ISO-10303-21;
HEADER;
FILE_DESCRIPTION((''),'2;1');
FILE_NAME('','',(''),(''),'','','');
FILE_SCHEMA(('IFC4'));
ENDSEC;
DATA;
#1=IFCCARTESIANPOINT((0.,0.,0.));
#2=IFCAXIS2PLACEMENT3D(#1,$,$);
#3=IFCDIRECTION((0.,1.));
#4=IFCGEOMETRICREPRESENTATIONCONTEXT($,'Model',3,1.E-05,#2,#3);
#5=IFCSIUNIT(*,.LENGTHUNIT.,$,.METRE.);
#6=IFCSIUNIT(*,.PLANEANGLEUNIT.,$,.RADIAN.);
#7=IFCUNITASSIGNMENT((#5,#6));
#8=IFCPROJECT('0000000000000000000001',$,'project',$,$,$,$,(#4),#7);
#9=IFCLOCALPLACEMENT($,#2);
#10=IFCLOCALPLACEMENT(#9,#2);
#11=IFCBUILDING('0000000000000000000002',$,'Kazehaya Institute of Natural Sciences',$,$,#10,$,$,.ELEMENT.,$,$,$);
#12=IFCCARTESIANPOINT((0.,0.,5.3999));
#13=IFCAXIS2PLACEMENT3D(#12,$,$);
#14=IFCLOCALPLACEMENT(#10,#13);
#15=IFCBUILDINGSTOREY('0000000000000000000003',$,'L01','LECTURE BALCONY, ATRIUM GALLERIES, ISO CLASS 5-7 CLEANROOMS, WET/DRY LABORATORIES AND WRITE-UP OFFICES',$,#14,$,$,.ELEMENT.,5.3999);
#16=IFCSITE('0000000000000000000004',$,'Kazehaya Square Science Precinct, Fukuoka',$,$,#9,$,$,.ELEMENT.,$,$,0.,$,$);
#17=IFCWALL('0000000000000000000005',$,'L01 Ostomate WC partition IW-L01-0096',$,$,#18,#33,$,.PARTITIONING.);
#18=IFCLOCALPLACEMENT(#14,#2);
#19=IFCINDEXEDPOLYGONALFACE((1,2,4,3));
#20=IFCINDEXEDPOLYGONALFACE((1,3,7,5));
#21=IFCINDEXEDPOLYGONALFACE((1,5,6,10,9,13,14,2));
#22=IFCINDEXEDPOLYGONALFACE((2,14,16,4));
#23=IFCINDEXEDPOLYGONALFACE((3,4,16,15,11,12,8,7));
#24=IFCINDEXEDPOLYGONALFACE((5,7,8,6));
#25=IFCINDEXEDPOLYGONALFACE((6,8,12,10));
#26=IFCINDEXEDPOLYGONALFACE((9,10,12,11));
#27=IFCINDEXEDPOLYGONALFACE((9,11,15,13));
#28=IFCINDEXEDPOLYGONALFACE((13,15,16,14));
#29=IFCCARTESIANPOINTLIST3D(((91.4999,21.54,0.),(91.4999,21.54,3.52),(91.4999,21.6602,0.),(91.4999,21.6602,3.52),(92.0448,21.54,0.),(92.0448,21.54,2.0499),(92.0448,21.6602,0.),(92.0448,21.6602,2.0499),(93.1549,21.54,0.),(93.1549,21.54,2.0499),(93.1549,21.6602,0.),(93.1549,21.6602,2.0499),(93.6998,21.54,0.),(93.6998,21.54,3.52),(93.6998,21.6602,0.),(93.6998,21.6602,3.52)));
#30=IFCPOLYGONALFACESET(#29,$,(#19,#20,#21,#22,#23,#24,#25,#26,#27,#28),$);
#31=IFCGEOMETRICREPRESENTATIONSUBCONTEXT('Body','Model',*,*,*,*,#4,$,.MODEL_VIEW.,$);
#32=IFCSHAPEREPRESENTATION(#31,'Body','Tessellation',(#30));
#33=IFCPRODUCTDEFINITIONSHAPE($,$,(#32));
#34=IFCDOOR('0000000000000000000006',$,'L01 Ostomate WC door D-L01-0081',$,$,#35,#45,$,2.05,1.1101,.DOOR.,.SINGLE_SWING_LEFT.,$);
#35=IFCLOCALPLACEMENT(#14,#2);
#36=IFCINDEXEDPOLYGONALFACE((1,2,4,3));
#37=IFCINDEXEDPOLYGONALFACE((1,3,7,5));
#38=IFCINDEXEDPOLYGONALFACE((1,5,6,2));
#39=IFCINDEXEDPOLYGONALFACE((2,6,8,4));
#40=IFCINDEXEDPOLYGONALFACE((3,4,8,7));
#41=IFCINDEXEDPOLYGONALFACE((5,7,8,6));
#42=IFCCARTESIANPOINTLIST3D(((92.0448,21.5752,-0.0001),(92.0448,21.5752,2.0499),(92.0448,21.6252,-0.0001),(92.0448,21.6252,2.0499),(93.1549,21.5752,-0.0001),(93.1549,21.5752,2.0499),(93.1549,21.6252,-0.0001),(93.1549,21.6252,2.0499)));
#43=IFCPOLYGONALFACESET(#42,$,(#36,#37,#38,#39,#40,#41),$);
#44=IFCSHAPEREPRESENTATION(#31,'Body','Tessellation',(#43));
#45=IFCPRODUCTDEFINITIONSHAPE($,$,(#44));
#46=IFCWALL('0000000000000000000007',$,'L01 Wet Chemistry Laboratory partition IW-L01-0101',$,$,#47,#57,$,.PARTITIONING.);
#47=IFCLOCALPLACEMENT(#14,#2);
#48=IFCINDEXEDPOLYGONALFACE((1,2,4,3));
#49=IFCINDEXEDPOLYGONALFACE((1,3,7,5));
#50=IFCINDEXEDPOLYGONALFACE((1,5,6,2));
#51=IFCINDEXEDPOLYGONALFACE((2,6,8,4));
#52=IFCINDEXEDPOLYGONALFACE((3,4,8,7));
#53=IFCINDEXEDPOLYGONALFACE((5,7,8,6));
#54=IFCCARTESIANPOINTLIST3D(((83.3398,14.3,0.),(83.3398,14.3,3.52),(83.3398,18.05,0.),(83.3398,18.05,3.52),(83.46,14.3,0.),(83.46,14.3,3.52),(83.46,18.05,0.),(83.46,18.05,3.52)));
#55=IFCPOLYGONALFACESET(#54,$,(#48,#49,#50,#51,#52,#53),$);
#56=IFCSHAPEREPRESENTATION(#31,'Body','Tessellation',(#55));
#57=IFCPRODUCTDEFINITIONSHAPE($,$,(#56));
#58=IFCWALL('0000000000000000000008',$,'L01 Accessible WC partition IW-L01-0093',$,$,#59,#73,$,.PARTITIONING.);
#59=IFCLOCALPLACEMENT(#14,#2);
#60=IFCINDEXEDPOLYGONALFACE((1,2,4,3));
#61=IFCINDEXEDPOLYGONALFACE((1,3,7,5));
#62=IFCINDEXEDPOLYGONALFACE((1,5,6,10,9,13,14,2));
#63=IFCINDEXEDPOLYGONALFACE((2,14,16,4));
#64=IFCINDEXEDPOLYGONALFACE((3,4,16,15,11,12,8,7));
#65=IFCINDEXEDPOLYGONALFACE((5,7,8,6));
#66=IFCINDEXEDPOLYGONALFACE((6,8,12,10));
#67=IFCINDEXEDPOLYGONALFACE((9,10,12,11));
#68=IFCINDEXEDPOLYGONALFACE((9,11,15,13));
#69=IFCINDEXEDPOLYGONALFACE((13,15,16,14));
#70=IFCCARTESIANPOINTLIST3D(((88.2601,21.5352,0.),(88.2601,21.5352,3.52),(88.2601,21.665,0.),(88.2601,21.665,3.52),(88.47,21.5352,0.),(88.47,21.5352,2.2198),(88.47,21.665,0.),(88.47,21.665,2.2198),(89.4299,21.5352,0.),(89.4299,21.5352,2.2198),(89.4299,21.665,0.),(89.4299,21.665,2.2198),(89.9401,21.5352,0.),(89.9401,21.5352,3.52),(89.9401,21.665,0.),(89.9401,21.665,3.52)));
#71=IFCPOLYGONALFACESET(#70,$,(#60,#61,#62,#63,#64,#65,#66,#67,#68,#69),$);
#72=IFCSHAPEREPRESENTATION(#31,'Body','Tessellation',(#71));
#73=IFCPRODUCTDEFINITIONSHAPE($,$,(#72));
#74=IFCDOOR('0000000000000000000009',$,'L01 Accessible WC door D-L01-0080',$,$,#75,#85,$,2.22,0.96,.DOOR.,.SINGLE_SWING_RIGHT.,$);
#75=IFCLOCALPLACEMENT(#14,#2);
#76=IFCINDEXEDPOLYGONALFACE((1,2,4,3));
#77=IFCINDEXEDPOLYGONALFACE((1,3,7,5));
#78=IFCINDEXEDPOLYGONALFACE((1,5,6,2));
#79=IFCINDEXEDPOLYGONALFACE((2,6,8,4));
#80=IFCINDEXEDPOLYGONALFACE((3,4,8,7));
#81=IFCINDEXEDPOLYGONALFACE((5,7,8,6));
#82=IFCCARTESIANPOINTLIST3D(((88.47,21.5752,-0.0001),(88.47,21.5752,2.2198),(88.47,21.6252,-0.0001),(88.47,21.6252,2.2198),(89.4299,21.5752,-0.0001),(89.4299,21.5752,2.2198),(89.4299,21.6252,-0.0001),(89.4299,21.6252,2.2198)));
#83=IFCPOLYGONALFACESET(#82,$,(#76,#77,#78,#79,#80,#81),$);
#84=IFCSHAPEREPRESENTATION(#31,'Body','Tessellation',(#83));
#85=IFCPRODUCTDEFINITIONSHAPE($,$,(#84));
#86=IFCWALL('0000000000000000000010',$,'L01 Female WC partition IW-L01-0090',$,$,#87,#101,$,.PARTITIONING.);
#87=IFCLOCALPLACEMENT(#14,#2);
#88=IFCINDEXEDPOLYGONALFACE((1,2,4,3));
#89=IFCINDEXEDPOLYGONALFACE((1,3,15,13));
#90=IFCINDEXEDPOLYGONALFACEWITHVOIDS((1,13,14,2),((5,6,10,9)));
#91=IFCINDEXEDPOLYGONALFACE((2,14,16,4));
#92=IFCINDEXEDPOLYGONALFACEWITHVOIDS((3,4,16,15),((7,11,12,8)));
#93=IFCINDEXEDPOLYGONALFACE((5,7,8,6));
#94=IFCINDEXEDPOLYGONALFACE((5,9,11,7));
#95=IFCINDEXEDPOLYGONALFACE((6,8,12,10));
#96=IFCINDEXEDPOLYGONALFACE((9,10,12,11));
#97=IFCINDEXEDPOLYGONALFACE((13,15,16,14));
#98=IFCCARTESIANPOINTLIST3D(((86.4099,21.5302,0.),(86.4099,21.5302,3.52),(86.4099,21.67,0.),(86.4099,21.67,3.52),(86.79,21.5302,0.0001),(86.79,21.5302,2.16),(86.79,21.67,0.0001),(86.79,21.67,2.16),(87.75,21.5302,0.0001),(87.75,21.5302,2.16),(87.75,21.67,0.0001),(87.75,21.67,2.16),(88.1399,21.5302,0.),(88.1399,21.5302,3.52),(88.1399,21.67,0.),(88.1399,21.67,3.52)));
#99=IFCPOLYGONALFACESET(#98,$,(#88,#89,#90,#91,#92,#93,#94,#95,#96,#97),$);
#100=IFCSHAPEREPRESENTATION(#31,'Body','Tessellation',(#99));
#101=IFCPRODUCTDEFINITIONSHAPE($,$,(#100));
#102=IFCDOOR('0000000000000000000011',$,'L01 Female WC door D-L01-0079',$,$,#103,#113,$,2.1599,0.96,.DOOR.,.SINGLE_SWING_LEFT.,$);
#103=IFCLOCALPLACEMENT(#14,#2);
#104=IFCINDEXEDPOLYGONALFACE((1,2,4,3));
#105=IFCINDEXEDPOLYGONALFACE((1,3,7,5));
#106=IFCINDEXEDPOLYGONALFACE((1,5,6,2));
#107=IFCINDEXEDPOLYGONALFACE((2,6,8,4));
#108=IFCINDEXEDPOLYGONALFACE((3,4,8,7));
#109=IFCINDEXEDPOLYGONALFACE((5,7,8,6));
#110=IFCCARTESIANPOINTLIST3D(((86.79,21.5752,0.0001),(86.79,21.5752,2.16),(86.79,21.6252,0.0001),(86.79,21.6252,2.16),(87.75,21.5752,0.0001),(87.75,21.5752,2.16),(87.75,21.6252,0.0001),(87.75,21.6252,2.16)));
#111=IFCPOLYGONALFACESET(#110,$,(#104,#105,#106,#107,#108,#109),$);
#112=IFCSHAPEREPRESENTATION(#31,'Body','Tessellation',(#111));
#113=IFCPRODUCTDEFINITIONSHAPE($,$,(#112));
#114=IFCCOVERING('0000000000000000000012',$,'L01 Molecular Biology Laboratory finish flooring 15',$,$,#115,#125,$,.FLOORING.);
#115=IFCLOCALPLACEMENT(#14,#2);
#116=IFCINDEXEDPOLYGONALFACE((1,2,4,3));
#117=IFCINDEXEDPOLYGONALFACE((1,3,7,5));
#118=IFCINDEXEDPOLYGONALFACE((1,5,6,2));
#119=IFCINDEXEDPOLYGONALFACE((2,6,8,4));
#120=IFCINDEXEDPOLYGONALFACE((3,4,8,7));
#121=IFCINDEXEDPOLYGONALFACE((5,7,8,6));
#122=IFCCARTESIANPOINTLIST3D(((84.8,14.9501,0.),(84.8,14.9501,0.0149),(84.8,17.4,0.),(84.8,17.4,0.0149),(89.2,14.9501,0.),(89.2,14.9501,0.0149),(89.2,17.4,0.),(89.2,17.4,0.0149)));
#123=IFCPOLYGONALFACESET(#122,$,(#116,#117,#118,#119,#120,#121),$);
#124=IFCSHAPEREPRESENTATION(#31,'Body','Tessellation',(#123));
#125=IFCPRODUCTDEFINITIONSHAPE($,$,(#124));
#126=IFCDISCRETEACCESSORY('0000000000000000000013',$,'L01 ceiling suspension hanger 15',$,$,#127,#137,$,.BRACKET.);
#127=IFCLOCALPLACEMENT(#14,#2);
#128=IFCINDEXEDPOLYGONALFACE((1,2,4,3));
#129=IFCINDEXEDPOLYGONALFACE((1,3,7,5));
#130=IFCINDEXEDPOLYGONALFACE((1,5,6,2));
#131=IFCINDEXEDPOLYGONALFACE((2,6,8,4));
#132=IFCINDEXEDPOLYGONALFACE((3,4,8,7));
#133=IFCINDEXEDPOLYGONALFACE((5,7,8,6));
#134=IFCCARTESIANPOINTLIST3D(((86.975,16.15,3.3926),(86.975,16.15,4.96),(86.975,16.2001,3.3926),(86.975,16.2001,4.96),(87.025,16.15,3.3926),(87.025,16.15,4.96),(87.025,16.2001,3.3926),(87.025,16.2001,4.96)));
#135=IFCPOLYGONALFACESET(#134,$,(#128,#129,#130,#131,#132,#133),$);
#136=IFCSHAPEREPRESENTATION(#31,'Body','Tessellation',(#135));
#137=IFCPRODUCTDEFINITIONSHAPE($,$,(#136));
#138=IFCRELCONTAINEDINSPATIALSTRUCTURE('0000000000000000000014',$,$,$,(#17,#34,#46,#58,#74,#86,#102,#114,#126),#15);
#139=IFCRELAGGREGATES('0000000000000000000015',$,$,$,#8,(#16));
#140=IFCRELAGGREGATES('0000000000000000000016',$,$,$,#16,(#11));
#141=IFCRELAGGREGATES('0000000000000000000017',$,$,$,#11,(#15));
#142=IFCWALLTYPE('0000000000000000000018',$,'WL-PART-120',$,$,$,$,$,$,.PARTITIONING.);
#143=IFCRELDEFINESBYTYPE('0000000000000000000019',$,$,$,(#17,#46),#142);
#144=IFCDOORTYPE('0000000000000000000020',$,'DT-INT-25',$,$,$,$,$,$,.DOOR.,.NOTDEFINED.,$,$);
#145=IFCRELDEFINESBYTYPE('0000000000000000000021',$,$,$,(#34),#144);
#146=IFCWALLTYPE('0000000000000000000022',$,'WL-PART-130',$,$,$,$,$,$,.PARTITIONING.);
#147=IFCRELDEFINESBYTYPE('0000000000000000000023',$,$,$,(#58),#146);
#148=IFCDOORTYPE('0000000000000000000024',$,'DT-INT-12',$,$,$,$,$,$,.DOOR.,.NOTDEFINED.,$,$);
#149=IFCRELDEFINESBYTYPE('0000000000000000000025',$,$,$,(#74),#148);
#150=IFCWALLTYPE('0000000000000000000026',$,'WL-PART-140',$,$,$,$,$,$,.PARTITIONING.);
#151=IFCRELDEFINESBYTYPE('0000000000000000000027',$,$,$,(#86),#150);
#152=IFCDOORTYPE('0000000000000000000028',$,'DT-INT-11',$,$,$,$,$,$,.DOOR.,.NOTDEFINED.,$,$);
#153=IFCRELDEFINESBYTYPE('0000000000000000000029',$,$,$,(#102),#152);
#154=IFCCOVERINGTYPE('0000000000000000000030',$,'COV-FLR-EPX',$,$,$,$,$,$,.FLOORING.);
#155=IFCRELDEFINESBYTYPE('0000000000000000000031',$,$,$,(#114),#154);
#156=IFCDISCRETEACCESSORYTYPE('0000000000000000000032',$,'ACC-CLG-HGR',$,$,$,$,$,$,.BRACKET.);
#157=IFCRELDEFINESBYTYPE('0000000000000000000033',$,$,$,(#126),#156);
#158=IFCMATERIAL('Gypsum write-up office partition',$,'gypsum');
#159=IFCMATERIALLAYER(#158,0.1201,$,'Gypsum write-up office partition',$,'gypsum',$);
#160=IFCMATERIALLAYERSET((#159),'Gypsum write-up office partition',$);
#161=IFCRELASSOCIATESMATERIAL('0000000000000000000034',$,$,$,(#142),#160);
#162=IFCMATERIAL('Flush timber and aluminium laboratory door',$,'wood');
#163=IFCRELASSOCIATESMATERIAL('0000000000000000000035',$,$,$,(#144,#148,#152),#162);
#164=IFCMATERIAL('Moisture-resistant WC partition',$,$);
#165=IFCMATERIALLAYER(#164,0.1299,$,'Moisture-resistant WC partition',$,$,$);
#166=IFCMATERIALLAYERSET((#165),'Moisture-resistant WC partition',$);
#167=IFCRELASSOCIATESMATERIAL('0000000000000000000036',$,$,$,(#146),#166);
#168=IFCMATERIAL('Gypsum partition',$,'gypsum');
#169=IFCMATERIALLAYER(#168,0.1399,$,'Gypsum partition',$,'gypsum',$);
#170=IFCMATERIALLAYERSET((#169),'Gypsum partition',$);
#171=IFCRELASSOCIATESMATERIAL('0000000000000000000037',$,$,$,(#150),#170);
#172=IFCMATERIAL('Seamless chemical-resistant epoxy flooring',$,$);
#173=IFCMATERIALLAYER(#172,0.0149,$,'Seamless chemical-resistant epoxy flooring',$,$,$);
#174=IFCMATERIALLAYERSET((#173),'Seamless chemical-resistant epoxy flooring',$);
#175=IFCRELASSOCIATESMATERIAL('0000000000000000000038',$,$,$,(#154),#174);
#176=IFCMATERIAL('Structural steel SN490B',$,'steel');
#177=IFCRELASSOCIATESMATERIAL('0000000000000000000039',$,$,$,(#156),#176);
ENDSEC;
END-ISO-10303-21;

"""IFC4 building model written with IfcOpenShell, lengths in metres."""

from ifc_helpers import new_model, si_unit, direction, frame, frame_2d, origin, origin_2d, place, context, subcontext, project, spatial, rectangle, extrude, material, layer, layer_set, type_object, element, fill, save


model = new_model("IFC4")

# Units and contexts
model_context = context("Model", 3, precision=1e-05, world=origin(), true_north=direction((0.0, 1.0)))
body_context = subcontext(model_context, "Body", "Model", "MODEL_VIEW")
ifc_project = project(units=[si_unit("LENGTHUNIT", "METRE"), si_unit("PLANEANGLEUNIT", "RADIAN")], contexts=[model_context])

# Site, building, storey
site_placement = place(None, origin())
site = spatial("IfcSite", under=ifc_project, at=site_placement, Name="Kazehaya Square Science Precinct, Fukuoka", CompositionType="ELEMENT", RefElevation=0.0)
building_placement = place(site_placement, origin())
building = spatial("IfcBuilding", under=site, at=building_placement, Name="Kazehaya Institute of Natural Sciences", CompositionType="ELEMENT")
storey_placement = place(building_placement, frame((0.0, 0.0, 5.3999)))
storey = spatial("IfcBuildingStorey", under=building, at=storey_placement, Name="L01", Description="LECTURE BALCONY, ATRIUM GALLERIES, ISO CLASS 5-7 CLEANROOMS, WET/DRY LABORATORIES AND WRITE-UP OFFICES", CompositionType="ELEMENT", Elevation=5.3999)

# Shared definitions
ifc_material_1 = material(Name="Flush timber and aluminium laboratory door", Category="wood")

# Wall, opening, door
ifc_material_2 = material(Name="Gypsum write-up office partition", Category="gypsum")
ifc_layer_1 = layer(ifc_material_2, 0.1201, Name="Gypsum write-up office partition", Category="gypsum")
ifc_layer_set_1 = layer_set([ifc_layer_1], Name="Gypsum write-up office partition")
wall_type_1 = type_object("IfcWallType", Name="WL-PART-120", PredefinedType="PARTITIONING", material=ifc_layer_set_1)
wall_1_placement = place(storey_placement, frame((93.7, 21.6001, 0.0), z_axis=(0.0, 0.0, 1.0), x_axis=(-1.0, 0.0, 0.0)))
wall_1 = element("IfcWall", 1, at=wall_1_placement, inside=storey, type_object=wall_type_1, Name="L01 Ostomate WC partition IW-L01-0096", PredefinedType="PARTITIONING", context=body_context, shape_type="SweptSolid", body=[
    extrude(rectangle(XDim=2.2, YDim=0.1201, at=frame_2d((1.1001, 0.0))), origin(), (0.0, 0.0, 1.0), 3.52),
])
opening_1_placement = place(wall_1_placement, frame((0.5449, 0.0, 0.0)))
opening_1 = element("IfcOpeningElement", 2, at=opening_1_placement, cuts=wall_1, PredefinedType="OPENING", context=body_context, shape_type="SweptSolid", body=[
    extrude(rectangle(XDim=1.1101, YDim=2.05, at=frame_2d((0.5552, 1.0249))), frame((0.0, 0.0701, 0.0), z_axis=(0.0, -1.0, 0.0), x_axis=(1.0, 0.0, 0.0)), (0.0, 0.0, 1.0), 0.1401),
])
door_type_1 = type_object("IfcDoorType", Name="DT-INT-25", OperationType="NOTDEFINED", PredefinedType="DOOR", material=ifc_material_1)
door_1_placement = place(opening_1_placement, origin())
door_1 = element("IfcDoor", 3, at=door_1_placement, inside=storey, type_object=door_type_1, Name="L01 Ostomate WC door D-L01-0081", OperationType="SINGLE_SWING_LEFT", OverallHeight=2.05, OverallWidth=1.1101, PredefinedType="DOOR", context=body_context, shape_type="SweptSolid", body=[
    extrude(rectangle(XDim=1.1101, YDim=2.05, at=frame_2d((0.5552, 1.0249))), frame((0.0, 0.0249, 0.0), z_axis=(0.0, -1.0, 0.0), x_axis=(1.0, 0.0, 0.0)), (0.0, 0.0, 1.0), 0.05),
])
fill(opening_1, door_1)

# Wall
wall_2_placement = place(storey_placement, frame((83.3999, 18.05, 0.0), z_axis=(0.0, 0.0, 1.0), x_axis=(0.0, -1.0, 0.0)))
element("IfcWall", 4, at=wall_2_placement, inside=storey, type_object=wall_type_1, Name="L01 Wet Chemistry Laboratory partition IW-L01-0101", PredefinedType="PARTITIONING", context=body_context, shape_type="SweptSolid", body=[
    extrude(rectangle(XDim=3.75, YDim=0.1201, at=frame_2d((1.875, 0.0))), origin(), (0.0, 0.0, 1.0), 3.52),
])

# Walls, openings, doors
ifc_material_3 = material(Name="Moisture-resistant WC partition")
ifc_layer_2 = layer(ifc_material_3, 0.1299, Name="Moisture-resistant WC partition")
ifc_layer_set_2 = layer_set([ifc_layer_2], Name="Moisture-resistant WC partition")
wall_type_2 = type_object("IfcWallType", Name="WL-PART-130", PredefinedType="PARTITIONING", material=ifc_layer_set_2)
wall_3_placement = place(storey_placement, frame((89.9399, 21.6001, 0.0), z_axis=(0.0, 0.0, 1.0), x_axis=(-1.0, 0.0, 0.0)))
wall_3 = element("IfcWall", 5, at=wall_3_placement, inside=storey, type_object=wall_type_2, Name="L01 Accessible WC partition IW-L01-0093", PredefinedType="PARTITIONING", context=body_context, shape_type="SweptSolid", body=[
    extrude(rectangle(XDim=1.6799, YDim=0.1299, at=frame_2d((0.8398, 0.0))), origin(), (0.0, 0.0, 1.0), 3.52),
])
opening_2_placement = place(wall_3_placement, frame((0.51, 0.0, 0.0)))
opening_2 = element("IfcOpeningElement", 6, at=opening_2_placement, cuts=wall_3, PredefinedType="OPENING", context=body_context, shape_type="SweptSolid", body=[
    extrude(rectangle(XDim=0.96, YDim=2.22, at=frame_2d((0.48, 1.1099))), frame((0.0, 0.075, 0.0), z_axis=(0.0, -1.0, 0.0), x_axis=(1.0, 0.0, 0.0)), (0.0, 0.0, 1.0), 0.1499),
])
door_type_2 = type_object("IfcDoorType", Name="DT-INT-12", OperationType="NOTDEFINED", PredefinedType="DOOR", material=ifc_material_1)
door_2_placement = place(opening_2_placement, origin())
door_2 = element("IfcDoor", 7, at=door_2_placement, inside=storey, type_object=door_type_2, Name="L01 Accessible WC door D-L01-0080", OperationType="SINGLE_SWING_RIGHT", OverallHeight=2.22, OverallWidth=0.96, PredefinedType="DOOR", context=body_context, shape_type="SweptSolid", body=[
    extrude(rectangle(XDim=0.96, YDim=2.22, at=frame_2d((0.48, 1.1099))), frame((0.0, 0.0249, 0.0), z_axis=(0.0, -1.0, 0.0), x_axis=(1.0, 0.0, 0.0)), (0.0, 0.0, 1.0), 0.05),
])
fill(opening_2, door_2)
ifc_material_4 = material(Name="Gypsum partition", Category="gypsum")
ifc_layer_3 = layer(ifc_material_4, 0.1399, Name="Gypsum partition", Category="gypsum")
ifc_layer_set_3 = layer_set([ifc_layer_3], Name="Gypsum partition")
wall_type_3 = type_object("IfcWallType", Name="WL-PART-140", PredefinedType="PARTITIONING", material=ifc_layer_set_3)
wall_4_placement = place(storey_placement, frame((88.1399, 21.6001, 0.0), z_axis=(0.0, 0.0, 1.0), x_axis=(-1.0, 0.0, 0.0)))
wall_4 = element("IfcWall", 8, at=wall_4_placement, inside=storey, type_object=wall_type_3, Name="L01 Female WC partition IW-L01-0090", PredefinedType="PARTITIONING", context=body_context, shape_type="SweptSolid", body=[
    extrude(rectangle(XDim=1.73, YDim=0.1399, at=frame_2d((0.865, 0.0))), origin(), (0.0, 0.0, 1.0), 3.52),
])
opening_3_placement = place(wall_4_placement, frame((0.3899, 0.0, 0.0)))
opening_3 = element("IfcOpeningElement", 9, at=opening_3_placement, cuts=wall_4, PredefinedType="OPENING", context=body_context, shape_type="SweptSolid", body=[
    extrude(rectangle(XDim=0.96, YDim=2.1599, at=frame_2d((0.48, 1.0801))), frame((0.0, 0.0798, 0.0), z_axis=(0.0, -1.0, 0.0), x_axis=(1.0, 0.0, 0.0)), (0.0, 0.0, 1.0), 0.1599),
])
door_type_3 = type_object("IfcDoorType", Name="DT-INT-11", OperationType="NOTDEFINED", PredefinedType="DOOR", material=ifc_material_1)
door_3_placement = place(opening_3_placement, origin())
door_3 = element("IfcDoor", 10, at=door_3_placement, inside=storey, type_object=door_type_3, Name="L01 Female WC door D-L01-0079", OperationType="SINGLE_SWING_LEFT", OverallHeight=2.1599, OverallWidth=0.96, PredefinedType="DOOR", context=body_context, shape_type="SweptSolid", body=[
    extrude(rectangle(XDim=0.96, YDim=2.1599, at=frame_2d((0.48, 1.0801))), frame((0.0, 0.0249, 0.0), z_axis=(0.0, -1.0, 0.0), x_axis=(1.0, 0.0, 0.0)), (0.0, 0.0, 1.0), 0.05),
])
fill(opening_3, door_3)

# Covering
ifc_material_5 = material(Name="Seamless chemical-resistant epoxy flooring")
ifc_layer_4 = layer(ifc_material_5, 0.0149, Name="Seamless chemical-resistant epoxy flooring")
ifc_layer_set_4 = layer_set([ifc_layer_4], Name="Seamless chemical-resistant epoxy flooring")
covering_type = type_object("IfcCoveringType", Name="COV-FLR-EPX", PredefinedType="FLOORING", material=ifc_layer_set_4)
covering_placement = place(storey_placement, frame((87.0, 16.175, 0.0), z_axis=(0.0, 0.0, 1.0), x_axis=(1.0, 0.0, 0.0)))
element("IfcCovering", 11, at=covering_placement, inside=storey, type_object=covering_type, Name="L01 Molecular Biology Laboratory finish flooring 15", PredefinedType="FLOORING", context=body_context, shape_type="SweptSolid", body=[
    extrude(rectangle(XDim=4.3999, YDim=2.45, at=origin_2d()), origin(), (0.0, 0.0, 1.0), 0.0149),
])

# Discrete accessory
ifc_material_6 = material(Name="Structural steel SN490B", Category="steel")
discrete_accessory_type = type_object("IfcDiscreteAccessoryType", Name="ACC-CLG-HGR", PredefinedType="BRACKET", material=ifc_material_6)
discrete_accessory_placement = place(storey_placement, frame((87.0, 16.175, 3.3926), z_axis=(0.0, 0.0, 1.0), x_axis=(1.0, 0.0, 0.0)))
element("IfcDiscreteAccessory", 12, at=discrete_accessory_placement, inside=storey, type_object=discrete_accessory_type, Name="L01 ceiling suspension hanger 15", PredefinedType="BRACKET", context=body_context, shape_type="SweptSolid", body=[
    extrude(rectangle(XDim=0.05, YDim=0.05, at=origin_2d()), origin(), (0.0, 0.0, 1.0), 1.5674),
])

save(model, "model.ifc")
